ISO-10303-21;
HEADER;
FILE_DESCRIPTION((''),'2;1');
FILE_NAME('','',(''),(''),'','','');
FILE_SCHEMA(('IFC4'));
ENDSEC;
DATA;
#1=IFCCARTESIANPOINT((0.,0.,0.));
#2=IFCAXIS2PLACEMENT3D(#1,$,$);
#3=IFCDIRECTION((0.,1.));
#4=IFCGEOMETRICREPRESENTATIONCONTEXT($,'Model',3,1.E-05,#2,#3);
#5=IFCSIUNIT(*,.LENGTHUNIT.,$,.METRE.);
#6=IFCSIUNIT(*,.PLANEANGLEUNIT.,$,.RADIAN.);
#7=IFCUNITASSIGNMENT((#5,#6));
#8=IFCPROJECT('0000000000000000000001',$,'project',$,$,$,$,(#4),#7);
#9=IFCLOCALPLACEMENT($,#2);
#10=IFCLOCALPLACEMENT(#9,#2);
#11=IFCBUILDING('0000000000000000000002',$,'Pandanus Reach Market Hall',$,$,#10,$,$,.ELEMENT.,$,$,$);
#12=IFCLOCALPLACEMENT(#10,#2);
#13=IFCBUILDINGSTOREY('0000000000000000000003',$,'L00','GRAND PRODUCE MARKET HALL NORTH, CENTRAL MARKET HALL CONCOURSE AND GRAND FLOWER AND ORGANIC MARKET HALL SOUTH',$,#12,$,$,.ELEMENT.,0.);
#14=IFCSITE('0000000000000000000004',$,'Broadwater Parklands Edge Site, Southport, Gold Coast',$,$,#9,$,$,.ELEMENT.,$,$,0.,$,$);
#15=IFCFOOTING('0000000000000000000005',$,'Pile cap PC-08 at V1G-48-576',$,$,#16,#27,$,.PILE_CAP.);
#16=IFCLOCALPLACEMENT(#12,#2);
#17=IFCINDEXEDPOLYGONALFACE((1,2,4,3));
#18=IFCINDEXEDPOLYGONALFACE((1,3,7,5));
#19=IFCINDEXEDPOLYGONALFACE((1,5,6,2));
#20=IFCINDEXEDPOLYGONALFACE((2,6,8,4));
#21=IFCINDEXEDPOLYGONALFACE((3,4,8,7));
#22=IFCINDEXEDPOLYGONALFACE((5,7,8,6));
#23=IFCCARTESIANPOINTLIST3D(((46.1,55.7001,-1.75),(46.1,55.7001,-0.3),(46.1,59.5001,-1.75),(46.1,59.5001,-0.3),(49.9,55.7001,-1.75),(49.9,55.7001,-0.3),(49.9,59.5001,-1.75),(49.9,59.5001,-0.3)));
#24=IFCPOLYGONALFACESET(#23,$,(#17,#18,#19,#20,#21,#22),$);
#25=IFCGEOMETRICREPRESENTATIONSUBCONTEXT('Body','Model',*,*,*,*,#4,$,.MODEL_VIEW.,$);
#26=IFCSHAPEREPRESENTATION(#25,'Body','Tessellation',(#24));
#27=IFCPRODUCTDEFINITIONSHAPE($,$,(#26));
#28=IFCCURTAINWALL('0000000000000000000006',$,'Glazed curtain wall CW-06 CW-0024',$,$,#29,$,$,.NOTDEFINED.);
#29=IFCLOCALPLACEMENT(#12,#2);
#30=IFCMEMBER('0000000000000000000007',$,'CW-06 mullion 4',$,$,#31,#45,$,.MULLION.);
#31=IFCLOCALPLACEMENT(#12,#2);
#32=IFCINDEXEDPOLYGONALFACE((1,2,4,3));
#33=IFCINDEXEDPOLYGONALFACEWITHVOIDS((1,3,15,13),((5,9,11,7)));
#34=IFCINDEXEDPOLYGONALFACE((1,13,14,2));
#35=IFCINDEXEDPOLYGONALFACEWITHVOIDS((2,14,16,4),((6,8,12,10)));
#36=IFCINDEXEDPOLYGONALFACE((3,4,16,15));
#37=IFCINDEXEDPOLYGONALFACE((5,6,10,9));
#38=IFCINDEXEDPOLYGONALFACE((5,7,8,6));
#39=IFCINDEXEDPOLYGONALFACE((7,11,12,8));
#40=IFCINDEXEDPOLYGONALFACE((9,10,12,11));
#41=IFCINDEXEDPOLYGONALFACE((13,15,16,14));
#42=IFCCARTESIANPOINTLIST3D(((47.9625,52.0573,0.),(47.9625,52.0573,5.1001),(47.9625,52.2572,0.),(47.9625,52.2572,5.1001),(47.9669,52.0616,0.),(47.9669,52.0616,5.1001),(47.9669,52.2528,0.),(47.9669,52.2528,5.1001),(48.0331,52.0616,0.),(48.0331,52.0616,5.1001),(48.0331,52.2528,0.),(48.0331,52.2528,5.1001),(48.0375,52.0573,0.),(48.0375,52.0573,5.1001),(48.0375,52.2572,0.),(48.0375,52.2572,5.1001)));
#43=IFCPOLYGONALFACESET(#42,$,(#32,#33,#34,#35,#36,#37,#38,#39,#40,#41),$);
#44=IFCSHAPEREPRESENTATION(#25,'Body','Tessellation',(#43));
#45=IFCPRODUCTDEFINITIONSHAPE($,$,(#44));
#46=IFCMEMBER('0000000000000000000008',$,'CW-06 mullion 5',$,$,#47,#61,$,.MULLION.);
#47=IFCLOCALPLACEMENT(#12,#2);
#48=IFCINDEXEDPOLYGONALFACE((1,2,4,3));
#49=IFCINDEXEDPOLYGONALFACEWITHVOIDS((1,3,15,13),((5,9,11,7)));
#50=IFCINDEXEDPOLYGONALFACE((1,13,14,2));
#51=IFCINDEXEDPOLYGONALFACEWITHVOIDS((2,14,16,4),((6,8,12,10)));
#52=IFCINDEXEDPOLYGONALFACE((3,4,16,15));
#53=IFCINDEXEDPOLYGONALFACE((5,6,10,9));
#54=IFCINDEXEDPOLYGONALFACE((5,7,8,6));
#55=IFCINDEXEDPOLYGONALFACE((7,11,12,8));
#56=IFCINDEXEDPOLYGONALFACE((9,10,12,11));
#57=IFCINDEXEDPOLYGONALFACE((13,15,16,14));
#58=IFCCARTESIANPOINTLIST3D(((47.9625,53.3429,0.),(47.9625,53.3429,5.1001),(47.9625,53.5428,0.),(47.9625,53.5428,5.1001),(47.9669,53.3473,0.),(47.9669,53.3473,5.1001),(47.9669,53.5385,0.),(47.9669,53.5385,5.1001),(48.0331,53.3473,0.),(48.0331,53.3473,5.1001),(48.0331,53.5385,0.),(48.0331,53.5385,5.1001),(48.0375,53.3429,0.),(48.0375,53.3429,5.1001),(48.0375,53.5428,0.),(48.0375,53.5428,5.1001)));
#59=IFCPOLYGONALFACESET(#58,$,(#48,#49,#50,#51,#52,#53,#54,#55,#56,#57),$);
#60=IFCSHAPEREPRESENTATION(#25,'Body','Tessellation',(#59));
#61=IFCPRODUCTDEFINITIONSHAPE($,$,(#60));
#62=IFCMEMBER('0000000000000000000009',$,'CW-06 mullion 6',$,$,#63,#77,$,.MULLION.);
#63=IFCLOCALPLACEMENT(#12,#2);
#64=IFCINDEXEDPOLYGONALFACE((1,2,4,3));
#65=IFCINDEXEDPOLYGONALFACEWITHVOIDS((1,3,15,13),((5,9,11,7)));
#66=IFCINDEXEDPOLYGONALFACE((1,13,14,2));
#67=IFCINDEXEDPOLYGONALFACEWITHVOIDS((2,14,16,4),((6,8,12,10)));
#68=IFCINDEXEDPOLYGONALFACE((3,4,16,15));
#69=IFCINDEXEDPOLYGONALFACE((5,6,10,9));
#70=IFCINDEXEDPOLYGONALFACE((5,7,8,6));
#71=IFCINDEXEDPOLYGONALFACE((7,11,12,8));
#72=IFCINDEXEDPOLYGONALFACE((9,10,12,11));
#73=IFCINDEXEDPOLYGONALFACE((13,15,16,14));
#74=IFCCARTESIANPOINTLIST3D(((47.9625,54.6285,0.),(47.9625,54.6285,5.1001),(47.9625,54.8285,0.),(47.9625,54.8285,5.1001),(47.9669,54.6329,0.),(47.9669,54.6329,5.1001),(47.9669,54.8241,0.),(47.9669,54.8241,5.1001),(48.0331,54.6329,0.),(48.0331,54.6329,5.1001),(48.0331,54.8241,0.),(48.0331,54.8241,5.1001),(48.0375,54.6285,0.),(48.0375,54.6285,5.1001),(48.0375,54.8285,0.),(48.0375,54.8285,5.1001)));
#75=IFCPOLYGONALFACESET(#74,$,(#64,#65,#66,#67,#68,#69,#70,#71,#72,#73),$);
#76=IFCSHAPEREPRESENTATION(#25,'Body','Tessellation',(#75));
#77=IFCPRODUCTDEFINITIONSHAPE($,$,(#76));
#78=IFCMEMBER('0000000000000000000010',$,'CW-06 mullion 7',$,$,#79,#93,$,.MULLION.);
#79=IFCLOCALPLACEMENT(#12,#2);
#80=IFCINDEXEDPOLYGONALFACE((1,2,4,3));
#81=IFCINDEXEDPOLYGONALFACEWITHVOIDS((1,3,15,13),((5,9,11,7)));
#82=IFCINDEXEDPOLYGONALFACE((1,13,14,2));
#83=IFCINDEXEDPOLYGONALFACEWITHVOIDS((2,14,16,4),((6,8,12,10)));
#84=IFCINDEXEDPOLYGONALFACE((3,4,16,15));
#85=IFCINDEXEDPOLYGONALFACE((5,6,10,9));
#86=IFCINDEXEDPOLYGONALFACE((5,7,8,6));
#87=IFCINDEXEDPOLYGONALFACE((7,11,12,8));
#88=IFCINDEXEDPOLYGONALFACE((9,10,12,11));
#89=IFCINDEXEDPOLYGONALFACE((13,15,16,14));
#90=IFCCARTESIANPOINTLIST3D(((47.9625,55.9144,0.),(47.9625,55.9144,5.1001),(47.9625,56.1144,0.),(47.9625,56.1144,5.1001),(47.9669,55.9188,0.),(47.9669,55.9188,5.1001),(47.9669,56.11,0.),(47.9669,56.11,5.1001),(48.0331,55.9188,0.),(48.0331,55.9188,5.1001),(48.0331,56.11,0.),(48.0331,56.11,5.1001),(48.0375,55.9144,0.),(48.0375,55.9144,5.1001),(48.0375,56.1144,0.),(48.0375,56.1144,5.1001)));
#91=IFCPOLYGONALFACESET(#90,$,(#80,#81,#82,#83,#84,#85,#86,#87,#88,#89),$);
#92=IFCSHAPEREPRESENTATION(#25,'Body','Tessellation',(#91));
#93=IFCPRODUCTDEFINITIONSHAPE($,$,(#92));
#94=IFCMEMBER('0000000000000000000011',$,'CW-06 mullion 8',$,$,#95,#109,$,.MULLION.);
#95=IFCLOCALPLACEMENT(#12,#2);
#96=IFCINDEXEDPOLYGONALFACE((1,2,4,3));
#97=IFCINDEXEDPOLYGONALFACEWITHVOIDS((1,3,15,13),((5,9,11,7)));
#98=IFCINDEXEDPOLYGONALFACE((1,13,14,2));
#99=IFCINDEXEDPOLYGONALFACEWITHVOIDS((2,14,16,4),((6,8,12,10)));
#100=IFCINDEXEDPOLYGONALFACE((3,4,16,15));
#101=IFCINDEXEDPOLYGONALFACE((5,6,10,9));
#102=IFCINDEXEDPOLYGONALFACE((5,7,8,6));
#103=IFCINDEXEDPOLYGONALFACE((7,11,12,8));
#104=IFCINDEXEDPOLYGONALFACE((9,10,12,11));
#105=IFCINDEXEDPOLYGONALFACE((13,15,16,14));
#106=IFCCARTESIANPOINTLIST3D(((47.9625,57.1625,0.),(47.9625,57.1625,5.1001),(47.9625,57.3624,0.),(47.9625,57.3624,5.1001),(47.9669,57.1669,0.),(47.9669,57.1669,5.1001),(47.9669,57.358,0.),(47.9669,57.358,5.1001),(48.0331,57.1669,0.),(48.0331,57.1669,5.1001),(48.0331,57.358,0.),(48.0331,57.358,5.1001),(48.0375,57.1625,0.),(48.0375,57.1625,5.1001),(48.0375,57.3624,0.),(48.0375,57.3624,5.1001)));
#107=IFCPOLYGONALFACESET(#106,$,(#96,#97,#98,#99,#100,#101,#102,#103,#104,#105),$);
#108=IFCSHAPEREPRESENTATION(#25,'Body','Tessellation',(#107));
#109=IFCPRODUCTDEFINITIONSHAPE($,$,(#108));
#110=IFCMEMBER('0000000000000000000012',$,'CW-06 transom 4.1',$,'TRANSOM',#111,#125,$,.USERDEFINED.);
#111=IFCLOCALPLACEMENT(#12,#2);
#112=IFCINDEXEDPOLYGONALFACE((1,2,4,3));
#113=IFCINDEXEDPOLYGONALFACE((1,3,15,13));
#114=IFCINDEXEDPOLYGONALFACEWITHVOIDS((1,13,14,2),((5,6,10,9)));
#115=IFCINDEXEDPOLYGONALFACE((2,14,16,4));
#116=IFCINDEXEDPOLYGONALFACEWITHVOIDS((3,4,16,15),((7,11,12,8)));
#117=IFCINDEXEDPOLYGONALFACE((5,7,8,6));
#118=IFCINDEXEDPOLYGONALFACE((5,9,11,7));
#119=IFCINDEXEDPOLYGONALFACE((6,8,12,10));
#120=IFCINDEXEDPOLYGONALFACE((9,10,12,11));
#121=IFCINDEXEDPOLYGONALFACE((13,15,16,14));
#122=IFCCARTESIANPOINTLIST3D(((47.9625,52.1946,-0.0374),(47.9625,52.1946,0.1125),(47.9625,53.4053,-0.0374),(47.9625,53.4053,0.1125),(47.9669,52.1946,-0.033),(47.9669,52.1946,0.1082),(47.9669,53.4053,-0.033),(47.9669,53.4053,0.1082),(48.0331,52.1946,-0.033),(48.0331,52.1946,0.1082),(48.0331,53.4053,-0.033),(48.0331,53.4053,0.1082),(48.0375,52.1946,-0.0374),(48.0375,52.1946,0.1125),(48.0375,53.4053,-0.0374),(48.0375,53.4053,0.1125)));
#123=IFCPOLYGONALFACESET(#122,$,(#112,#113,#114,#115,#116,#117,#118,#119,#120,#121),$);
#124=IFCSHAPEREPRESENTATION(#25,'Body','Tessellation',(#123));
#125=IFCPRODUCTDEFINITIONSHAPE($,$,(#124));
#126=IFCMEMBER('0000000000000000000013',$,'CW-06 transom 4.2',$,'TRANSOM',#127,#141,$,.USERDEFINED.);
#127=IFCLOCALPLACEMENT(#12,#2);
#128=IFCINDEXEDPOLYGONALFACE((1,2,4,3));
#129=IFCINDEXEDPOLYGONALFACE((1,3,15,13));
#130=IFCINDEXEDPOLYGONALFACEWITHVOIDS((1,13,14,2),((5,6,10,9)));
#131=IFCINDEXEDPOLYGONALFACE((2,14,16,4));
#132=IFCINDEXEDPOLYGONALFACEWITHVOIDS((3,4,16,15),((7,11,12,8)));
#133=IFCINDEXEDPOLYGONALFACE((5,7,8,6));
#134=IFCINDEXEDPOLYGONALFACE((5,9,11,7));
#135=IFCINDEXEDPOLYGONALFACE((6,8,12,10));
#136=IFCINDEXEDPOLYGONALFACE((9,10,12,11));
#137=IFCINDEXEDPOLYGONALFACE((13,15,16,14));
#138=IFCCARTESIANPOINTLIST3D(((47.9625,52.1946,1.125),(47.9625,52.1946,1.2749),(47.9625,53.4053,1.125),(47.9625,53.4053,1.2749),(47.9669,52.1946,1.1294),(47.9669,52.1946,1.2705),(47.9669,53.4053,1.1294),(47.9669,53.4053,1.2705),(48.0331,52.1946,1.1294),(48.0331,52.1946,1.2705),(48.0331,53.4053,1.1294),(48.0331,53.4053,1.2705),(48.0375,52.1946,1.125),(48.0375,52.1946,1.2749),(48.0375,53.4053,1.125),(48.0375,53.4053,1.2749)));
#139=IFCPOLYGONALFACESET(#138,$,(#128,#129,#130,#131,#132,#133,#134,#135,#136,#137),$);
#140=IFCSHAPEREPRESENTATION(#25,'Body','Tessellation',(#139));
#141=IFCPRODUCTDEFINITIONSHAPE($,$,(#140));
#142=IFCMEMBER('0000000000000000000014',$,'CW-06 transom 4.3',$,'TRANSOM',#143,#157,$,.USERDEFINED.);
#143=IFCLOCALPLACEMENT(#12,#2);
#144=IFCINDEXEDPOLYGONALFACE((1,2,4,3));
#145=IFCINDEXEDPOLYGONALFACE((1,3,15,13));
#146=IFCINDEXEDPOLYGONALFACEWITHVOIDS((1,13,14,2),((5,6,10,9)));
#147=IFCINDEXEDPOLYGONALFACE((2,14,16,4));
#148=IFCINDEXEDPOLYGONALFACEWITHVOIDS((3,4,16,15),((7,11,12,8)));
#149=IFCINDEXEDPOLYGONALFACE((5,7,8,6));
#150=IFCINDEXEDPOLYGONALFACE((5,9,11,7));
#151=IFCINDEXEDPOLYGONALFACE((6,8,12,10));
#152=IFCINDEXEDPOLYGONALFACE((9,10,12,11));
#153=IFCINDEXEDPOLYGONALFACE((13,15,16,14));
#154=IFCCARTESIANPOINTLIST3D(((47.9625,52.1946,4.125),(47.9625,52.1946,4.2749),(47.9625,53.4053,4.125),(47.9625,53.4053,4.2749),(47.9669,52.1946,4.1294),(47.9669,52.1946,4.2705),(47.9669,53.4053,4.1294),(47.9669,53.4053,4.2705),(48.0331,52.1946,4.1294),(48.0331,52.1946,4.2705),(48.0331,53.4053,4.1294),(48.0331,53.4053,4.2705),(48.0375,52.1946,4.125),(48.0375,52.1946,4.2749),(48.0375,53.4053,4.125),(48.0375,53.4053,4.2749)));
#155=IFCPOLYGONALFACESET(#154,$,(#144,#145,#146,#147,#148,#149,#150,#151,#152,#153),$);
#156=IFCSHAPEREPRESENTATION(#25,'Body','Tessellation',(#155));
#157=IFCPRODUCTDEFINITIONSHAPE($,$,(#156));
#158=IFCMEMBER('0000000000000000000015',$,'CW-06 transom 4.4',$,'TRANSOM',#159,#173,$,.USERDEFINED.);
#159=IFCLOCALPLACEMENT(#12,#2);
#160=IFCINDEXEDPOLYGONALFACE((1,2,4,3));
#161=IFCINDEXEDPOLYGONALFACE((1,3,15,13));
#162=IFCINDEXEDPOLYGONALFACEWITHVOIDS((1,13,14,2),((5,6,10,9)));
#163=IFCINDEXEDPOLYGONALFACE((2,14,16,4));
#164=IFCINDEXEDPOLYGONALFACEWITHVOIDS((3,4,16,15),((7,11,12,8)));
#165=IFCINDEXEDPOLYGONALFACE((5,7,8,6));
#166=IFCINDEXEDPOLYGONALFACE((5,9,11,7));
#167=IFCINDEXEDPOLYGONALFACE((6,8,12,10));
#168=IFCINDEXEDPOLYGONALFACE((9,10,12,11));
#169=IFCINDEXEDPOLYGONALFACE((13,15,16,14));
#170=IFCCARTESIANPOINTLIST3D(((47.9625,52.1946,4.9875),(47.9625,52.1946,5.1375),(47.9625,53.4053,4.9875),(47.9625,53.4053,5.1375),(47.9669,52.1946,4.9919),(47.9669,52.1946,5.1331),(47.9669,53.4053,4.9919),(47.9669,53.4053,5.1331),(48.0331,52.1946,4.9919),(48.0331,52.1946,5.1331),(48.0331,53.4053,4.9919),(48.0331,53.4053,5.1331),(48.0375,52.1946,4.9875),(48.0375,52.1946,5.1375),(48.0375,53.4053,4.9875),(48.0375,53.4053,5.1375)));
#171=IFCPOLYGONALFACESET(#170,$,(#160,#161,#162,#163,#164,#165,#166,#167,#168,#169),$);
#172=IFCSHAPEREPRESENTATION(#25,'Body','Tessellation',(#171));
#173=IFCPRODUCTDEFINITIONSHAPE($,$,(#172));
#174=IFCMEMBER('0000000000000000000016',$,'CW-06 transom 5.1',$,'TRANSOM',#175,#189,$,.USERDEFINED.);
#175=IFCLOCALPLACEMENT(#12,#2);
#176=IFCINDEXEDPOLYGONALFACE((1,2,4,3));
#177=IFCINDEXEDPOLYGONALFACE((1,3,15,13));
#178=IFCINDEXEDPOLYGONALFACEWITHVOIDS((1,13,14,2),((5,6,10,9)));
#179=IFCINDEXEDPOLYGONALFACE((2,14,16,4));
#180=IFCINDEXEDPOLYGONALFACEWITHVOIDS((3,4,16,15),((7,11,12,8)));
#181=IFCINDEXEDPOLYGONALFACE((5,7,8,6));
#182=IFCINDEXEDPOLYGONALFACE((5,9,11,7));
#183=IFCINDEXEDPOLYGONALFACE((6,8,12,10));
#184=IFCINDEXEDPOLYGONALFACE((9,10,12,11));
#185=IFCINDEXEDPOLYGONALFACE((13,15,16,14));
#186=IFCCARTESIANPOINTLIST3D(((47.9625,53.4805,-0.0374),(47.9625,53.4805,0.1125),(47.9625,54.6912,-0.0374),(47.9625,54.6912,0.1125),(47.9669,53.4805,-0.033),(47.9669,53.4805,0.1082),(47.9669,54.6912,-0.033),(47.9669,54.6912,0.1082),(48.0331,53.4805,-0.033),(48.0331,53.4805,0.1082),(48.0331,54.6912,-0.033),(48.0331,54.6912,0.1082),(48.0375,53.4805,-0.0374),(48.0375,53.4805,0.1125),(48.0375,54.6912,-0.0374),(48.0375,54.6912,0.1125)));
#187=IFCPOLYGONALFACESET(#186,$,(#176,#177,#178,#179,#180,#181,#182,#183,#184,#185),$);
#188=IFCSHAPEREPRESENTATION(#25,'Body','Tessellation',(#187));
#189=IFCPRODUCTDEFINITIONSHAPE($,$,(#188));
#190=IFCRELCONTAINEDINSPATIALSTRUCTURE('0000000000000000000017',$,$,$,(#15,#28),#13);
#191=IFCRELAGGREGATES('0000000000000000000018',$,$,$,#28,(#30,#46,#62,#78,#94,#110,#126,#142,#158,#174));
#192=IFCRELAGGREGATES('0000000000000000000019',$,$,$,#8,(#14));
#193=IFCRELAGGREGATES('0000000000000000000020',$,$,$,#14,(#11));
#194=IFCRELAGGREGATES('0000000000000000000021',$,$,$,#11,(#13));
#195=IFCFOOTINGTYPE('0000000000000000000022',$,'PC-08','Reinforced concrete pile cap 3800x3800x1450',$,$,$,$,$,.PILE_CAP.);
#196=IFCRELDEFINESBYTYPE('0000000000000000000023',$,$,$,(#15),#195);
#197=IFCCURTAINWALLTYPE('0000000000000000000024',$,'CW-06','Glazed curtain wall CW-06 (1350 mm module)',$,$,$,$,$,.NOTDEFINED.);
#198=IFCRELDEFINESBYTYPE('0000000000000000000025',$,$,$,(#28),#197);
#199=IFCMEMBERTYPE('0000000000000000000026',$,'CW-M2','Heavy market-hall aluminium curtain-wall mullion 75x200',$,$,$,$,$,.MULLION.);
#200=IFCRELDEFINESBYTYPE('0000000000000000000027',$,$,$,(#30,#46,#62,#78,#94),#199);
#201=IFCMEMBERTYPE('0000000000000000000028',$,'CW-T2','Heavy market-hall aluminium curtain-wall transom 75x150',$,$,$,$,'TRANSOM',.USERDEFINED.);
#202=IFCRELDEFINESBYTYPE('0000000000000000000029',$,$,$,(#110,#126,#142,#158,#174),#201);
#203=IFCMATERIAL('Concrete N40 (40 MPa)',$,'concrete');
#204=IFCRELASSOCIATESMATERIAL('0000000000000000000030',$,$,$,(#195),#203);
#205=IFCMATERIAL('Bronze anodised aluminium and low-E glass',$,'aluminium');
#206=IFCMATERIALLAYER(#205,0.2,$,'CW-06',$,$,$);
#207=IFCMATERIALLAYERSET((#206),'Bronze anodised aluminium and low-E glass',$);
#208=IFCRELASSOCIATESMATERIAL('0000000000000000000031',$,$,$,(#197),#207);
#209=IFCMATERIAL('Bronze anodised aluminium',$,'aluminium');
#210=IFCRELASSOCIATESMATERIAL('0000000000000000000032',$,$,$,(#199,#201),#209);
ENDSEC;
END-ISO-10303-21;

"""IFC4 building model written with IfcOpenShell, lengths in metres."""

from ifc_helpers import new_model, si_unit, direction, frame, origin, origin_2d, place, context, subcontext, project, spatial, rectangle, hollow_rectangle, extrude, material, layer, layer_set, material_profile, profile_set, type_object, element, aggregate, save


model = new_model("IFC4")

# Units and contexts
model_context = context("Model", 3, precision=1e-05, world=origin(), true_north=direction((0.0, 1.0)))
body_context = subcontext(model_context, "Body", "Model", "MODEL_VIEW")
ifc_project = project(units=[si_unit("LENGTHUNIT", "METRE"), si_unit("PLANEANGLEUNIT", "RADIAN")], contexts=[model_context])

# Site, building, storey
site_placement = place(None, origin())
site = spatial("IfcSite", under=ifc_project, at=site_placement, Name="Broadwater Parklands Edge Site, Southport, Gold Coast", CompositionType="ELEMENT", RefElevation=0.0)
building_placement = place(site_placement, origin())
building = spatial("IfcBuilding", under=site, at=building_placement, Name="Pandanus Reach Market Hall", CompositionType="ELEMENT")
storey_placement = place(building_placement, origin())
storey = spatial("IfcBuildingStorey", under=building, at=storey_placement, Name="L00", Description="GRAND PRODUCE MARKET HALL NORTH, CENTRAL MARKET HALL CONCOURSE AND GRAND FLOWER AND ORGANIC MARKET HALL SOUTH", CompositionType="ELEMENT", Elevation=0.0)

# Footing
ifc_material_1 = material(Name="Concrete N40 (40 MPa)", Category="concrete")
footing_type = type_object("IfcFootingType", Name="PC-08", Description="Reinforced concrete pile cap 3800x3800x1450", PredefinedType="PILE_CAP", material=ifc_material_1)
footing_placement = place(storey_placement, frame((48.0, 57.6001, -1.75), z_axis=(0.0, 0.0, 1.0), x_axis=(1.0, 0.0, 0.0)))
element("IfcFooting", 1, at=footing_placement, inside=storey, type_object=footing_type, Name="Pile cap PC-08 at V1G-48-576", PredefinedType="PILE_CAP", context=body_context, shape_type="SweptSolid", body=[
    extrude(rectangle(XDim=3.8, YDim=3.8, at=origin_2d()), origin(), (0.0, 0.0, 1.0), 1.45),
])

# Curtain wall, members
ifc_material_2 = material(Name="Bronze anodised aluminium and low-E glass", Category="aluminium")
ifc_layer_1 = layer(ifc_material_2, 0.2, Name="CW-06")
ifc_layer_set_1 = layer_set([ifc_layer_1], Name="Bronze anodised aluminium and low-E glass")
curtain_wall_type = type_object("IfcCurtainWallType", Name="CW-06", Description="Glazed curtain wall CW-06 (1350 mm module)", PredefinedType="NOTDEFINED", material=ifc_layer_set_1)
curtain_wall_placement = place(storey_placement, origin())
curtain_wall = element("IfcCurtainWall", 2, at=curtain_wall_placement, inside=storey, type_object=curtain_wall_type, Name="Glazed curtain wall CW-06 CW-0024", PredefinedType="NOTDEFINED")
ifc_material_3 = material(Name="Bronze anodised aluminium", Category="aluminium")
ifc_material_profile_1 = material_profile(ifc_material_3, hollow_rectangle(XDim=0.075, YDim=0.2, WallThickness=0.0044, at=origin_2d()), Name="ALU75x200", Category="LoadBearing")
ifc_profile_set_1 = profile_set([ifc_material_profile_1], Name="Bronze anodised aluminium")
member_type_1 = type_object("IfcMemberType", Name="CW-M2", Description="Heavy market-hall aluminium curtain-wall mullion 75x200", PredefinedType="MULLION", material=ifc_profile_set_1)
member_1_placement = place(storey_placement, frame((48.0, 52.1572, 0.0), z_axis=(0.0, 0.0, 1.0), x_axis=(-1.0, 0.0, 0.0)))
member_1 = element("IfcMember", 3, at=member_1_placement, type_object=member_type_1, Name="CW-06 mullion 4", PredefinedType="MULLION", context=body_context, shape_type="SweptSolid", body=[
    extrude(hollow_rectangle(XDim=0.075, YDim=0.2, WallThickness=0.0044, at=origin_2d()), origin(), (0.0, 0.0, 1.0), 5.1001),
])
member_2_placement = place(storey_placement, frame((48.0, 53.4429, 0.0), z_axis=(0.0, 0.0, 1.0), x_axis=(-1.0, 0.0, 0.0)))
member_2 = element("IfcMember", 4, at=member_2_placement, type_object=member_type_1, Name="CW-06 mullion 5", PredefinedType="MULLION", context=body_context, shape_type="SweptSolid", body=[
    extrude(hollow_rectangle(XDim=0.075, YDim=0.2, WallThickness=0.0044, at=origin_2d()), origin(), (0.0, 0.0, 1.0), 5.1001),
])
member_3_placement = place(storey_placement, frame((48.0, 54.7285, 0.0), z_axis=(0.0, 0.0, 1.0), x_axis=(-1.0, 0.0, 0.0)))
member_3 = element("IfcMember", 5, at=member_3_placement, type_object=member_type_1, Name="CW-06 mullion 6", PredefinedType="MULLION", context=body_context, shape_type="SweptSolid", body=[
    extrude(hollow_rectangle(XDim=0.075, YDim=0.2, WallThickness=0.0044, at=origin_2d()), origin(), (0.0, 0.0, 1.0), 5.1001),
])
member_4_placement = place(storey_placement, frame((48.0, 56.0144, 0.0), z_axis=(0.0, 0.0, 1.0), x_axis=(-1.0, 0.0, 0.0)))
member_4 = element("IfcMember", 6, at=member_4_placement, type_object=member_type_1, Name="CW-06 mullion 7", PredefinedType="MULLION", context=body_context, shape_type="SweptSolid", body=[
    extrude(hollow_rectangle(XDim=0.075, YDim=0.2, WallThickness=0.0044, at=origin_2d()), origin(), (0.0, 0.0, 1.0), 5.1001),
])
member_5_placement = place(storey_placement, frame((48.0, 57.2625, 0.0), z_axis=(0.0, 0.0, 1.0), x_axis=(-1.0, 0.0, 0.0)))
member_5 = element("IfcMember", 7, at=member_5_placement, type_object=member_type_1, Name="CW-06 mullion 8", PredefinedType="MULLION", context=body_context, shape_type="SweptSolid", body=[
    extrude(hollow_rectangle(XDim=0.075, YDim=0.2, WallThickness=0.0044, at=origin_2d()), origin(), (0.0, 0.0, 1.0), 5.1001),
])
ifc_material_profile_2 = material_profile(ifc_material_3, hollow_rectangle(XDim=0.075, YDim=0.1499, WallThickness=0.0044, at=origin_2d()), Name="ALU75x150", Category="LoadBearing")
ifc_profile_set_2 = profile_set([ifc_material_profile_2], Name="Bronze anodised aluminium")
member_type_2 = type_object("IfcMemberType", Name="CW-T2", Description="Heavy market-hall aluminium curtain-wall transom 75x150", ElementType="TRANSOM", PredefinedType="USERDEFINED", material=ifc_profile_set_2)
member_6_placement = place(storey_placement, frame((48.0, 52.1946, 0.0376), z_axis=(0.0, 1.0, 0.0), x_axis=(-1.0, 0.0, 0.0)))
member_6 = element("IfcMember", 8, at=member_6_placement, type_object=member_type_2, Name="CW-06 transom 4.1", ObjectType="TRANSOM", PredefinedType="USERDEFINED", context=body_context, shape_type="SweptSolid", body=[
    extrude(hollow_rectangle(XDim=0.075, YDim=0.1499, WallThickness=0.0044, at=origin_2d()), origin(), (0.0, 0.0, 1.0), 1.2107),
])
member_7_placement = place(storey_placement, frame((48.0, 52.1946, 1.2), z_axis=(0.0, 1.0, 0.0), x_axis=(-1.0, 0.0, 0.0)))
member_7 = element("IfcMember", 9, at=member_7_placement, type_object=member_type_2, Name="CW-06 transom 4.2", ObjectType="TRANSOM", PredefinedType="USERDEFINED", context=body_context, shape_type="SweptSolid", body=[
    extrude(hollow_rectangle(XDim=0.075, YDim=0.1499, WallThickness=0.0044, at=origin_2d()), origin(), (0.0, 0.0, 1.0), 1.2107),
])
member_8_placement = place(storey_placement, frame((48.0, 52.1946, 4.2), z_axis=(0.0, 1.0, 0.0), x_axis=(-1.0, 0.0, 0.0)))
member_8 = element("IfcMember", 10, at=member_8_placement, type_object=member_type_2, Name="CW-06 transom 4.3", ObjectType="TRANSOM", PredefinedType="USERDEFINED", context=body_context, shape_type="SweptSolid", body=[
    extrude(hollow_rectangle(XDim=0.075, YDim=0.1499, WallThickness=0.0044, at=origin_2d()), origin(), (0.0, 0.0, 1.0), 1.2107),
])
member_9_placement = place(storey_placement, frame((48.0, 52.1946, 5.0625), z_axis=(0.0, 1.0, 0.0), x_axis=(-1.0, 0.0, 0.0)))
member_9 = element("IfcMember", 11, at=member_9_placement, type_object=member_type_2, Name="CW-06 transom 4.4", ObjectType="TRANSOM", PredefinedType="USERDEFINED", context=body_context, shape_type="SweptSolid", body=[
    extrude(hollow_rectangle(XDim=0.075, YDim=0.1499, WallThickness=0.0044, at=origin_2d()), origin(), (0.0, 0.0, 1.0), 1.2107),
])
member_10_placement = place(storey_placement, frame((48.0, 53.4805, 0.0376), z_axis=(0.0, 1.0, 0.0), x_axis=(-1.0, 0.0, 0.0)))
member_10 = element("IfcMember", 12, at=member_10_placement, type_object=member_type_2, Name="CW-06 transom 5.1", ObjectType="TRANSOM", PredefinedType="USERDEFINED", context=body_context, shape_type="SweptSolid", body=[
    extrude(hollow_rectangle(XDim=0.075, YDim=0.1499, WallThickness=0.0044, at=origin_2d()), origin(), (0.0, 0.0, 1.0), 1.2107),
])
aggregate(curtain_wall, [member_1, member_2, member_3, member_4, member_5, member_6, member_7, member_8, member_9, member_10])

save(model, "model.ifc")
